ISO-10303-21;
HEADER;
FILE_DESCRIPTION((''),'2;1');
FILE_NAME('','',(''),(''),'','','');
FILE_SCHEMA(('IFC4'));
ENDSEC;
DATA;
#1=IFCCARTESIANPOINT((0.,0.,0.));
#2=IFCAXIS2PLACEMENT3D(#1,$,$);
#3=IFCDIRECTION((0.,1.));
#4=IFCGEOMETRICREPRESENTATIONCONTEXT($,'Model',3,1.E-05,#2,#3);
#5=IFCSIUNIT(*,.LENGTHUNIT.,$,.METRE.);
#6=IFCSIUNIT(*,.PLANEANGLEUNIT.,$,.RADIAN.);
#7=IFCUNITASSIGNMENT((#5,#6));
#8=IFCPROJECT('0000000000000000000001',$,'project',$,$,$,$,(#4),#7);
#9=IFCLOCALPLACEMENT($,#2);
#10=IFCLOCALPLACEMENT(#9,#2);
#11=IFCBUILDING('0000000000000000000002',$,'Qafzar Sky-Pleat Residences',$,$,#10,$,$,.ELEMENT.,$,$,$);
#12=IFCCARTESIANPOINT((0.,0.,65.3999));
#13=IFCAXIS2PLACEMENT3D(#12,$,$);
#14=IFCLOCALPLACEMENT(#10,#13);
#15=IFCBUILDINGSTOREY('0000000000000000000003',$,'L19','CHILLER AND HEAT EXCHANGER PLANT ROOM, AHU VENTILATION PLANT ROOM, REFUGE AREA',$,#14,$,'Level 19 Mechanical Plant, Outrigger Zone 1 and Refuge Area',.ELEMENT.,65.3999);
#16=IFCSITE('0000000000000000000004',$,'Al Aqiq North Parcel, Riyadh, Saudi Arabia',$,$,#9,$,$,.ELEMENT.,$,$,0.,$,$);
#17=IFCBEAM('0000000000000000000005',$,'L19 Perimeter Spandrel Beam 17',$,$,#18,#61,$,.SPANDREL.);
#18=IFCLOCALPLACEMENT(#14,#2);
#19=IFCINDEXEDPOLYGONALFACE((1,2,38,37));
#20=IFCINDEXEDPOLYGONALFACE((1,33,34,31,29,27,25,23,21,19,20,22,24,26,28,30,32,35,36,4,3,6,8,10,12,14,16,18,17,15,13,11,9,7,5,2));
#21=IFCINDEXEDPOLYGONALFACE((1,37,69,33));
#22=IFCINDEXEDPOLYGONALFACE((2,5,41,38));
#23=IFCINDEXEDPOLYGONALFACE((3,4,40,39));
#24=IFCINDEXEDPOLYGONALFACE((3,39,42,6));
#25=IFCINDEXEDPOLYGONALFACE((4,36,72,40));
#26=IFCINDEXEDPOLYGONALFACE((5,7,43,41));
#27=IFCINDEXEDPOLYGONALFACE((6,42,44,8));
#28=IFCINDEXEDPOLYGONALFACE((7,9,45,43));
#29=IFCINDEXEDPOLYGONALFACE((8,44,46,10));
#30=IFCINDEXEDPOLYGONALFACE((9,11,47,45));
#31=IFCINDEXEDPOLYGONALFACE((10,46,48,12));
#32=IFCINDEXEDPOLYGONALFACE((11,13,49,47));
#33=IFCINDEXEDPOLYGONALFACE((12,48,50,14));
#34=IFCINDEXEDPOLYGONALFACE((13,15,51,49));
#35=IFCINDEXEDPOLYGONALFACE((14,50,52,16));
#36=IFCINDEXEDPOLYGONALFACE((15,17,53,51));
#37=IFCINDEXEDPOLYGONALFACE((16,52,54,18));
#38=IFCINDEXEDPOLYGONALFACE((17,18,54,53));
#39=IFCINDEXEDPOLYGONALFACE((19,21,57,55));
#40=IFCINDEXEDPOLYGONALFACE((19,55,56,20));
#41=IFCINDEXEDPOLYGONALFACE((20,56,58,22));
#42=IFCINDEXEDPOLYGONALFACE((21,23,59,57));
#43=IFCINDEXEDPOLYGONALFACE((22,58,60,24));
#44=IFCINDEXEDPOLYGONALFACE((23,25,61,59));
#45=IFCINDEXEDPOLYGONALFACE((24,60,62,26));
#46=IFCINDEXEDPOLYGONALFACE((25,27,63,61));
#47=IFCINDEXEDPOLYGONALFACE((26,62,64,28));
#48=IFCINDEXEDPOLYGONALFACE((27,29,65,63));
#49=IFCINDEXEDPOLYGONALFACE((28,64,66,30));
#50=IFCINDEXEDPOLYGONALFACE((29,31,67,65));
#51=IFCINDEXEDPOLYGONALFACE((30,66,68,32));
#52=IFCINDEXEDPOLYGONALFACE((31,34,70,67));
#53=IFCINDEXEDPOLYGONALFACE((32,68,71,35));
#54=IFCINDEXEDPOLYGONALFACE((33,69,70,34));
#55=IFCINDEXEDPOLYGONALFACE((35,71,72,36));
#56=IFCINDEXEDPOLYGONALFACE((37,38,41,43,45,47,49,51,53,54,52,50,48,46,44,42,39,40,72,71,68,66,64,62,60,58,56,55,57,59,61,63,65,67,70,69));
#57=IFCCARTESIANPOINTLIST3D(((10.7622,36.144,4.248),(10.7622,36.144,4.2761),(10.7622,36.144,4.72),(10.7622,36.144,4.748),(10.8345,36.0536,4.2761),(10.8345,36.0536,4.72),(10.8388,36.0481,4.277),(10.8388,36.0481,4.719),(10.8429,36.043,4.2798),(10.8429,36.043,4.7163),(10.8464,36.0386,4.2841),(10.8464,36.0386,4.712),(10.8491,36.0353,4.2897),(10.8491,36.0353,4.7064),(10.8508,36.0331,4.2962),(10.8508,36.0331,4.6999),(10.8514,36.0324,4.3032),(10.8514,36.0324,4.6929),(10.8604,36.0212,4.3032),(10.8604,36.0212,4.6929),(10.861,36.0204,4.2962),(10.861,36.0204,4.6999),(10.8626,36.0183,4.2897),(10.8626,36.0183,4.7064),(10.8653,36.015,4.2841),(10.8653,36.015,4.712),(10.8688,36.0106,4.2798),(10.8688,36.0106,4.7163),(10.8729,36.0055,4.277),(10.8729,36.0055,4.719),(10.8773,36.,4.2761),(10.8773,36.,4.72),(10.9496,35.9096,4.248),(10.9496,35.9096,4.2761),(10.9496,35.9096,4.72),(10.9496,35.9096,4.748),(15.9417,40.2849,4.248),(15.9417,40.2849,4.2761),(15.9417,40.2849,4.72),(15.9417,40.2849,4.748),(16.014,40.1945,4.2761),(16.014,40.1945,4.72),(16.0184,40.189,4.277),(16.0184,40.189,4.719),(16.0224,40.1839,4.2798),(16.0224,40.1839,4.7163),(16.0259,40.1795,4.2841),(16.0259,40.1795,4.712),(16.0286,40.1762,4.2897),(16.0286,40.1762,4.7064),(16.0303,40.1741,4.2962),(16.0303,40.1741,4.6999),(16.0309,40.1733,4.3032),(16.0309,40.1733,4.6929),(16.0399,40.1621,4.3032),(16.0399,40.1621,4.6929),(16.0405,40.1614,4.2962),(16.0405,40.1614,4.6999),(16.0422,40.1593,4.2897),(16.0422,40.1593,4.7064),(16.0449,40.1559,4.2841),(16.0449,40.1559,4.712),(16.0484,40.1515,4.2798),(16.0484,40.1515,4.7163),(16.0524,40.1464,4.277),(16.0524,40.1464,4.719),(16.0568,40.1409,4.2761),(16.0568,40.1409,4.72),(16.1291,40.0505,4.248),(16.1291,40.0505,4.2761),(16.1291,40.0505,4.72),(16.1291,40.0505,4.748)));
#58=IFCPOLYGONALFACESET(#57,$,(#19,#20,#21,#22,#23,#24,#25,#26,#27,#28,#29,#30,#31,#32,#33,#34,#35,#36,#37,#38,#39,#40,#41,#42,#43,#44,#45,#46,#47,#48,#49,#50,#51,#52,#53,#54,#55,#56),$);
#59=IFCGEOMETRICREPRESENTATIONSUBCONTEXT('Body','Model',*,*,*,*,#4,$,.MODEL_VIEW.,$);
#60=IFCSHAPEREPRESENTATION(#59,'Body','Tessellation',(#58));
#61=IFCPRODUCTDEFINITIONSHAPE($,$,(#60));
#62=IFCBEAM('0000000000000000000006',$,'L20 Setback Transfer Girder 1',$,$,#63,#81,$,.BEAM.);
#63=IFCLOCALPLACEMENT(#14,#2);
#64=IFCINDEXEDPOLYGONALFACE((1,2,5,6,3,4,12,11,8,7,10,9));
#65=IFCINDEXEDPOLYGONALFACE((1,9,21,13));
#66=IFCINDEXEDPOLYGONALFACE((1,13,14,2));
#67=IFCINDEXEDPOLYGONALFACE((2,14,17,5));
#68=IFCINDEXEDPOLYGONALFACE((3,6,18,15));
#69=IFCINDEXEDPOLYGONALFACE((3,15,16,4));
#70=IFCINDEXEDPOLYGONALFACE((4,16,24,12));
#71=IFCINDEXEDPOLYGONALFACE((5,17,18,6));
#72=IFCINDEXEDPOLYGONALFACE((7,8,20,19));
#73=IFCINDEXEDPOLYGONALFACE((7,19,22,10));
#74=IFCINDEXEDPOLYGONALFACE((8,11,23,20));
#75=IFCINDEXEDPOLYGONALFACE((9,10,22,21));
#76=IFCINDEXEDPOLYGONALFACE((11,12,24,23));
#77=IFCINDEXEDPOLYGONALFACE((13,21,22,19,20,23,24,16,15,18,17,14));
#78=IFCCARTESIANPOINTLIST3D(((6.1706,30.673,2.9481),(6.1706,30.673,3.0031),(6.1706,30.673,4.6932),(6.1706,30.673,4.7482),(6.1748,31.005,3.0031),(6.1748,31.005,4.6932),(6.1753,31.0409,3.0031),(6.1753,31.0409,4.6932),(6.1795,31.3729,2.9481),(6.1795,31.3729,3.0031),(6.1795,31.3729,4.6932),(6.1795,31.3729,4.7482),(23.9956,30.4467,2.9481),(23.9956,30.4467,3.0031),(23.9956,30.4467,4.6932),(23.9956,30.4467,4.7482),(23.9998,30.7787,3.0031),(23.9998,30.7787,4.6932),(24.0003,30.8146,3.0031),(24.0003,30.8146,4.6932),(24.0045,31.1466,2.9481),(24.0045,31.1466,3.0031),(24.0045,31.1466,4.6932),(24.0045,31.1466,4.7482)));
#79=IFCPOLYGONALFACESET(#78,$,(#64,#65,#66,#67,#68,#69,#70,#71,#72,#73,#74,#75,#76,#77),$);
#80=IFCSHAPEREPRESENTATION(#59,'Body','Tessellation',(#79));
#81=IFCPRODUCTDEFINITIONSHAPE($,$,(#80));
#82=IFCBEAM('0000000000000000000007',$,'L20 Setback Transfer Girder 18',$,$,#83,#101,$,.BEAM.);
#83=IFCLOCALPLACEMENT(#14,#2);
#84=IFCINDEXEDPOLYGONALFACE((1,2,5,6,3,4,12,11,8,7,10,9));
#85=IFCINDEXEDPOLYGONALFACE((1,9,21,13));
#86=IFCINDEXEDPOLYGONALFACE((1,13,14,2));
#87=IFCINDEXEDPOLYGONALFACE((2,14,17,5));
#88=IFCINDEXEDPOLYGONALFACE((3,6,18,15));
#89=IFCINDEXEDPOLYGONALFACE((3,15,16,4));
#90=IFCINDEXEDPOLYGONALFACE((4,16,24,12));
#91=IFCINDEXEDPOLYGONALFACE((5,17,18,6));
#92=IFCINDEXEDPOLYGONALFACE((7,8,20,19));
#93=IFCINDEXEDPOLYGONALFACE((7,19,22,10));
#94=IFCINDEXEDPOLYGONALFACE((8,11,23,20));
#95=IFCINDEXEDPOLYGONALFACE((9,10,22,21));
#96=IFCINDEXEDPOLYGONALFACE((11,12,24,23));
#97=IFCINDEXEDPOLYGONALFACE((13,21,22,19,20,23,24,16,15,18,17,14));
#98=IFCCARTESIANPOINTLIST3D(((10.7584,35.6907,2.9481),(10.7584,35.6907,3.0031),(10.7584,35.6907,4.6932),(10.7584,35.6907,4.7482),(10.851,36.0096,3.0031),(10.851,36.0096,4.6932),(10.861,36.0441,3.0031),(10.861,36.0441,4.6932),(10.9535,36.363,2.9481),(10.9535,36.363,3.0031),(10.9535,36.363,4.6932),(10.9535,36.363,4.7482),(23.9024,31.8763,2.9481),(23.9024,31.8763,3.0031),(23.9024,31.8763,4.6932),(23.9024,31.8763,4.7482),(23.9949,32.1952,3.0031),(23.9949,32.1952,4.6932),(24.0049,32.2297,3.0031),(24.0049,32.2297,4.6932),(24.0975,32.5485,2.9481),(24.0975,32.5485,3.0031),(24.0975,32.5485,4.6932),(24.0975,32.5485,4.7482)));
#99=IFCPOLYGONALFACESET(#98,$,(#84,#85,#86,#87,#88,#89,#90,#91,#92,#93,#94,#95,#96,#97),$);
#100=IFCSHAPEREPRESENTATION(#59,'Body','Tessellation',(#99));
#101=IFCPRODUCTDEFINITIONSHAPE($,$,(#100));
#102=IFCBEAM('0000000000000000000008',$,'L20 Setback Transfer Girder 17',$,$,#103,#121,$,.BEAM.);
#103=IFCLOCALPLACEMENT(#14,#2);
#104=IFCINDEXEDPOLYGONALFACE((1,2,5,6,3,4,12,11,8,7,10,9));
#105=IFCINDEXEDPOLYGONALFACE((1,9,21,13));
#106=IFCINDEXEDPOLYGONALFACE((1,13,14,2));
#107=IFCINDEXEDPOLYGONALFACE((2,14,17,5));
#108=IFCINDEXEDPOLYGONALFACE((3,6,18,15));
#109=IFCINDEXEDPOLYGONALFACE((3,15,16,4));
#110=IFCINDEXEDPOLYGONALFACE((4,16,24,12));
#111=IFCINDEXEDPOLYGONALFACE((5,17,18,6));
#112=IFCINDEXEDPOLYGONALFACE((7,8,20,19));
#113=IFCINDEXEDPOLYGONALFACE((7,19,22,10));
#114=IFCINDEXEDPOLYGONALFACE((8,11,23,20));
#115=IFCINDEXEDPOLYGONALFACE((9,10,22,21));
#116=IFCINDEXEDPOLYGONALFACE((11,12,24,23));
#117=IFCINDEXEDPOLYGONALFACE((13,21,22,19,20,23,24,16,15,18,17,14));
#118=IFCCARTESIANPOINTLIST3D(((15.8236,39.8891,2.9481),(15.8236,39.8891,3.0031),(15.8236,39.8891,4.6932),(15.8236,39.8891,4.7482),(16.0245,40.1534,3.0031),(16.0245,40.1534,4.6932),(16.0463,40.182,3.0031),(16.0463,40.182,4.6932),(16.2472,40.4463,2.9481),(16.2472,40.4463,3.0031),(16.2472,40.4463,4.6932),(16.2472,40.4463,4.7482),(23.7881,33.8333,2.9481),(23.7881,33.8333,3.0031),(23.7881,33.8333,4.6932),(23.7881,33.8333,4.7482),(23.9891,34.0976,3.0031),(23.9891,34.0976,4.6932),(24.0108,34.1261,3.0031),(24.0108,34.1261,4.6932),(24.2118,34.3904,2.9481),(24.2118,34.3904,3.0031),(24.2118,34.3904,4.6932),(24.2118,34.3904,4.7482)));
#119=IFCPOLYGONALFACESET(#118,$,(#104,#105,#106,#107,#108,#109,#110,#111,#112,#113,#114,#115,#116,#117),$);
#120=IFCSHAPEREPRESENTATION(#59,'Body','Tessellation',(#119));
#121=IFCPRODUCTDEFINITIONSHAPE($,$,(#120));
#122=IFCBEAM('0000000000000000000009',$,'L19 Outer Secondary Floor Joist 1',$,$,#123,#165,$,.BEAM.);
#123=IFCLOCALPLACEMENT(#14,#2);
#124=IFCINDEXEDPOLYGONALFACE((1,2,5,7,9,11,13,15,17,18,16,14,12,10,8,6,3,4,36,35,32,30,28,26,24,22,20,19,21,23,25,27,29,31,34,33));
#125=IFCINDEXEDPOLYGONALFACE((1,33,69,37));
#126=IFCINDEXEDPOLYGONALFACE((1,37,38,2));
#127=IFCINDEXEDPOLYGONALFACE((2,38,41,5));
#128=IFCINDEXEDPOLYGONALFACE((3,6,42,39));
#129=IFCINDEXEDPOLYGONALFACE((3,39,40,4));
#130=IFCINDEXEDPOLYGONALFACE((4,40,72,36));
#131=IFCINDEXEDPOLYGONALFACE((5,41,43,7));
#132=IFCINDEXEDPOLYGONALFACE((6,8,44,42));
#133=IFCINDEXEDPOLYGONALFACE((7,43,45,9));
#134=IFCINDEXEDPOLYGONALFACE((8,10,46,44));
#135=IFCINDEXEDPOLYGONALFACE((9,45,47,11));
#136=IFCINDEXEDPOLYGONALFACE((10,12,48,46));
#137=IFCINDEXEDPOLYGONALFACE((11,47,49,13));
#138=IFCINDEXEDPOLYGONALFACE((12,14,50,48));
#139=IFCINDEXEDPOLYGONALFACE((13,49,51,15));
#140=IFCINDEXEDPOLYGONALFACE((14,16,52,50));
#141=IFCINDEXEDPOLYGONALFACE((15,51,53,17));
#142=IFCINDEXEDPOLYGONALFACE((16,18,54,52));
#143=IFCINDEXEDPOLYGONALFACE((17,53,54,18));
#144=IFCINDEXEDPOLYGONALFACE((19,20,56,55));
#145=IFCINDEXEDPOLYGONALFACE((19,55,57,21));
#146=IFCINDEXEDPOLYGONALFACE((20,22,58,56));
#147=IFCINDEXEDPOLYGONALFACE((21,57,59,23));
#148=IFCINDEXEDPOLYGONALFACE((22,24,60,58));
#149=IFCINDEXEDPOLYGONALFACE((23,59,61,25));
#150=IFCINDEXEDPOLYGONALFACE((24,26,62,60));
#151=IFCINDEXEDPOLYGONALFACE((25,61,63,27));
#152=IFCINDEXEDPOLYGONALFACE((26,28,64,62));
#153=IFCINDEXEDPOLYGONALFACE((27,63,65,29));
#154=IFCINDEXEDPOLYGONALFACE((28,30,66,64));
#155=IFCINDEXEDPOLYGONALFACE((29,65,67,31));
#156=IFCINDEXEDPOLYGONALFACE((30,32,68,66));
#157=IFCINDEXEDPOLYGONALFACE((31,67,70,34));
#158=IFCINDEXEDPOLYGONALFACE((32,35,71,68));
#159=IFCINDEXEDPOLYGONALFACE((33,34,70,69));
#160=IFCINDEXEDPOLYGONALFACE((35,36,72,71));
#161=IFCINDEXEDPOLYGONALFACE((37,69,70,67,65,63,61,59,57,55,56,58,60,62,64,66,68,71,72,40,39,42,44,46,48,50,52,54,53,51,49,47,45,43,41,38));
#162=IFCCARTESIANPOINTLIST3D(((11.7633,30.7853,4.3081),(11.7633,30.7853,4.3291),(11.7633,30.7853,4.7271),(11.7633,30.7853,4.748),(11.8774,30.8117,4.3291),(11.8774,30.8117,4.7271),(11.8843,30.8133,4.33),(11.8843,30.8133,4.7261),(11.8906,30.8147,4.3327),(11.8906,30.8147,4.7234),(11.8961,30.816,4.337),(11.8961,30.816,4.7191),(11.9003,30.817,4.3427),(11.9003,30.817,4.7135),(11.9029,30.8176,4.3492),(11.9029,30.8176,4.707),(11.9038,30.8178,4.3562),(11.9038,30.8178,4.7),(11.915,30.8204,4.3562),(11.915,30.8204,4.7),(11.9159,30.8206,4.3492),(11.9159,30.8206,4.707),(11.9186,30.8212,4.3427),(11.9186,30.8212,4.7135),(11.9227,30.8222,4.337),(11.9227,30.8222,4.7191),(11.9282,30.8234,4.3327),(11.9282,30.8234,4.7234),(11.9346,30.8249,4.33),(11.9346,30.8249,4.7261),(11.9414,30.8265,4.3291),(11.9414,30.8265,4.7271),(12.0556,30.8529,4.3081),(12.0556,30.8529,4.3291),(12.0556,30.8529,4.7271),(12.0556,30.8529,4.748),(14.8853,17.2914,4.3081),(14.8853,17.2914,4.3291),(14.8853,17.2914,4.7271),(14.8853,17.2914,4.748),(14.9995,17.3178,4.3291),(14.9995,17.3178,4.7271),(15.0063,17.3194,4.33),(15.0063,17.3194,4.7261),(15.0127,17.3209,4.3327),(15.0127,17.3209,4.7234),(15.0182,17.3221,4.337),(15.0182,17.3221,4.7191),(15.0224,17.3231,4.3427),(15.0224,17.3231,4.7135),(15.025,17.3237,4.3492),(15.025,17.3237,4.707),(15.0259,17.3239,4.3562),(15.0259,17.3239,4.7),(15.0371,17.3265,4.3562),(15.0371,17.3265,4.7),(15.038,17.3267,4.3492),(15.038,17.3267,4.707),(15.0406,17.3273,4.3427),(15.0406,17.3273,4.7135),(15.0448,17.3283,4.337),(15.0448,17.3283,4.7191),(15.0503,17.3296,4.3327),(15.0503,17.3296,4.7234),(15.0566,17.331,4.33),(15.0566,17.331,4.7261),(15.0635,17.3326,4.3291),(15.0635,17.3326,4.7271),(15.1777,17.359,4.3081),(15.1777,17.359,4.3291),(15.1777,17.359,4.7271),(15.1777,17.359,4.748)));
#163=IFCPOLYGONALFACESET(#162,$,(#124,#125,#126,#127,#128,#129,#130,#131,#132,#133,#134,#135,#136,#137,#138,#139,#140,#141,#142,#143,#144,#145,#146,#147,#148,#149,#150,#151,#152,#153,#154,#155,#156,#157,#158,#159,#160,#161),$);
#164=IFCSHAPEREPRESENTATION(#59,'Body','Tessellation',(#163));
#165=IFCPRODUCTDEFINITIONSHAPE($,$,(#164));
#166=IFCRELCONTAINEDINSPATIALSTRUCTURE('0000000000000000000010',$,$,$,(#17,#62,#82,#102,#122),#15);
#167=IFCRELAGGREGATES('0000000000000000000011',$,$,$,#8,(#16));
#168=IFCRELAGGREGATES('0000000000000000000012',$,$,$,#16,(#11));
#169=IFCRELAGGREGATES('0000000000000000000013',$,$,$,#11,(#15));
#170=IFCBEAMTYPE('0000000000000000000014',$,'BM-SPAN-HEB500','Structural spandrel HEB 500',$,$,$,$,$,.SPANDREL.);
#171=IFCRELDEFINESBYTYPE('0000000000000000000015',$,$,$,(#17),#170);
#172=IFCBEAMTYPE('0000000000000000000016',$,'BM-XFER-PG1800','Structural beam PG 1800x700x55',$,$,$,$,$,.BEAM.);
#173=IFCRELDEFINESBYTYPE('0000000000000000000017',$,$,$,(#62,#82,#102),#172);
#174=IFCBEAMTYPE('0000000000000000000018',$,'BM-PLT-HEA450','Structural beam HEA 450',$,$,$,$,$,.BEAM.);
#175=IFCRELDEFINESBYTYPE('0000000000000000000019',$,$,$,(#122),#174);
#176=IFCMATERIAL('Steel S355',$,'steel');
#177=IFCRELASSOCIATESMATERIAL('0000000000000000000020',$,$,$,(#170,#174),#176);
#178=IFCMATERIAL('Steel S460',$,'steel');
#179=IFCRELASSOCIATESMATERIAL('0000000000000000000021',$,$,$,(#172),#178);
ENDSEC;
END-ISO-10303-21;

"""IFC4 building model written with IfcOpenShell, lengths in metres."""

from ifc_helpers import new_model, si_unit, direction, frame, origin, origin_2d, place, context, subcontext, project, spatial, i_section, extrude, source, transform, mapped, material, material_profile, profile_set, type_object, element, save


model = new_model("IFC4")

# Units and contexts
model_context = context("Model", 3, precision=1e-05, world=origin(), true_north=direction((0.0, 1.0)))
body_context = subcontext(model_context, "Body", "Model", "MODEL_VIEW")
ifc_project = project(units=[si_unit("LENGTHUNIT", "METRE"), si_unit("PLANEANGLEUNIT", "RADIAN")], contexts=[model_context])

# Site, building, storey
site_placement = place(None, origin())
site = spatial("IfcSite", under=ifc_project, at=site_placement, Name="Al Aqiq North Parcel, Riyadh, Saudi Arabia", CompositionType="ELEMENT", RefElevation=0.0)
building_placement = place(site_placement, origin())
building = spatial("IfcBuilding", under=site, at=building_placement, Name="Qafzar Sky-Pleat Residences", CompositionType="ELEMENT")
storey_placement = place(building_placement, frame((0.0, 0.0, 65.3999)))
storey = spatial("IfcBuildingStorey", under=building, at=storey_placement, Name="L19", Description="CHILLER AND HEAT EXCHANGER PLANT ROOM, AHU VENTILATION PLANT ROOM, REFUGE AREA", LongName="Level 19 Mechanical Plant, Outrigger Zone 1 and Refuge Area", CompositionType="ELEMENT", Elevation=65.3999)

# Shared definitions
ifc_material_1 = material(Name="Steel S460", Category="steel")

# Beams
ifc_material_2 = material(Name="Steel S355", Category="steel")
ifc_material_profile_1 = material_profile(ifc_material_2, i_section(OverallWidth=0.3, OverallDepth=0.5, WebThickness=0.0144, FlangeThickness=0.0281, FilletRadius=0.0271, at=origin_2d()), Name="HEB 500")
ifc_profile_set_1 = profile_set([ifc_material_profile_1], Name="Steel S355")
beam_type_1 = type_object("IfcBeamType", Name="BM-SPAN-HEB500", Description="Structural spandrel HEB 500", PredefinedType="SPANDREL", material=ifc_profile_set_1)
shared_shape_1 = source(origin(), body_context, "Body", "SweptSolid", [
    extrude(i_section(OverallWidth=0.3, OverallDepth=0.5, WebThickness=0.0144, FlangeThickness=0.0281, FilletRadius=0.0271, at=origin_2d()), origin(), (0.0, 0.0, 1.0), 6.6313),
])
beam_1_placement = place(storey_placement, frame((16.0354, 40.1677, 4.498), z_axis=(-0.781066, -0.624448, 0.0), x_axis=(0.624448, -0.781066, 0.0)))
element("IfcBeam", 1, at=beam_1_placement, inside=storey, type_object=beam_type_1, Name="L19 Perimeter Spandrel Beam 17", PredefinedType="SPANDREL", context=body_context, shape_type="MappedRepresentation", body=[
    mapped(shared_shape_1, transform((0.0, 0.0, 0.0), x_axis=(1.0, 0.0, 0.0), y_axis=(0.0, 1.0, 0.0), z_axis=(0.0, 0.0, 1.0), scale=1.0)),
])
ifc_material_profile_2 = material_profile(ifc_material_1, i_section(OverallWidth=0.7, OverallDepth=1.8, WebThickness=0.0359, FlangeThickness=0.0549, at=origin_2d()), Name="PG 1800x700x55")
ifc_profile_set_2 = profile_set([ifc_material_profile_2], Name="Steel S460")
beam_type_2 = type_object("IfcBeamType", Name="BM-XFER-PG1800", Description="Structural beam PG 1800x700x55", PredefinedType="BEAM", material=ifc_profile_set_2)
shared_shape_2 = source(origin(), body_context, "Body", "SweptSolid", [
    extrude(i_section(OverallWidth=0.7, OverallDepth=1.8, WebThickness=0.0359, FlangeThickness=0.0549, at=origin_2d()), origin(), (0.0, 0.0, 1.0), 17.8264),
])
beam_2_placement = place(storey_placement, frame((6.175, 31.0229, 3.8481), z_axis=(0.999919, -0.012696, 0.0), x_axis=(0.012696, 0.999919, 0.0)))
element("IfcBeam", 2, at=beam_2_placement, inside=storey, type_object=beam_type_2, Name="L20 Setback Transfer Girder 1", PredefinedType="BEAM", context=body_context, shape_type="MappedRepresentation", body=[
    mapped(shared_shape_2, transform((0.0, 0.0, 0.0), x_axis=(1.0, 0.0, 0.0), y_axis=(0.0, 1.0, 0.0), z_axis=(0.0, 0.0, 1.0), scale=1.0)),
])
shared_shape_3 = source(origin(), body_context, "Body", "SweptSolid", [
    extrude(i_section(OverallWidth=0.7, OverallDepth=1.8, WebThickness=0.0359, FlangeThickness=0.0549, at=origin_2d()), origin(), (0.0, 0.0, 1.0), 13.6863),
])
beam_3_placement = place(storey_placement, frame((10.856, 36.0269, 3.8481), z_axis=(0.960377, -0.278705, 0.0), x_axis=(0.278705, 0.960377, 0.0)))
element("IfcBeam", 3, at=beam_3_placement, inside=storey, type_object=beam_type_2, Name="L20 Setback Transfer Girder 18", PredefinedType="BEAM", context=body_context, shape_type="MappedRepresentation", body=[
    mapped(shared_shape_3, transform((0.0, 0.0, 0.0), x_axis=(1.0, 0.0, 0.0), y_axis=(0.0, 1.0, 0.0), z_axis=(0.0, 0.0, 1.0), scale=1.0)),
])
shared_shape_4 = source(origin(), body_context, "Body", "SweptSolid", [
    extrude(i_section(OverallWidth=0.7, OverallDepth=1.8, WebThickness=0.0359, FlangeThickness=0.0549, at=origin_2d()), origin(), (0.0, 0.0, 1.0), 10.0054),
])
beam_4_placement = place(storey_placement, frame((16.0354, 40.1677, 3.8481), z_axis=(0.796027, -0.605261, 0.0), x_axis=(0.605261, 0.796027, 0.0)))
element("IfcBeam", 4, at=beam_4_placement, inside=storey, type_object=beam_type_2, Name="L20 Setback Transfer Girder 17", PredefinedType="BEAM", context=body_context, shape_type="MappedRepresentation", body=[
    mapped(shared_shape_4, transform((0.0, 0.0, 0.0), x_axis=(1.0, 0.0, 0.0), y_axis=(0.0, 1.0, 0.0), z_axis=(0.0, 0.0, 1.0), scale=1.0)),
])
ifc_material_profile_3 = material_profile(ifc_material_2, i_section(OverallWidth=0.3, OverallDepth=0.4399, WebThickness=0.0115, FlangeThickness=0.021, FilletRadius=0.0271, at=origin_2d()), Name="HEA 450")
ifc_profile_set_3 = profile_set([ifc_material_profile_3], Name="Steel S355")
beam_type_3 = type_object("IfcBeamType", Name="BM-PLT-HEA450", Description="Structural beam HEA 450", PredefinedType="BEAM", material=ifc_profile_set_3)
shared_shape_5 = source(origin(), body_context, "Body", "SweptSolid", [
    extrude(i_section(OverallWidth=0.3, OverallDepth=0.4399, WebThickness=0.0115, FlangeThickness=0.021, FilletRadius=0.0271, at=origin_2d()), origin(), (0.0, 0.0, 1.0), 13.8503),
])
beam_5_placement = place(storey_placement, frame((11.9094, 30.8191, 4.5281), z_axis=(0.225414, -0.974263, 0.0), x_axis=(0.974263, 0.225414, 0.0)))
element("IfcBeam", 5, at=beam_5_placement, inside=storey, type_object=beam_type_3, Name="L19 Outer Secondary Floor Joist 1", PredefinedType="BEAM", context=body_context, shape_type="MappedRepresentation", body=[
    mapped(shared_shape_5, transform((0.0, 0.0, 0.0), x_axis=(1.0, 0.0, 0.0), y_axis=(0.0, 1.0, 0.0), z_axis=(0.0, 0.0, 1.0), scale=1.0)),
])

save(model, "model.ifc")
